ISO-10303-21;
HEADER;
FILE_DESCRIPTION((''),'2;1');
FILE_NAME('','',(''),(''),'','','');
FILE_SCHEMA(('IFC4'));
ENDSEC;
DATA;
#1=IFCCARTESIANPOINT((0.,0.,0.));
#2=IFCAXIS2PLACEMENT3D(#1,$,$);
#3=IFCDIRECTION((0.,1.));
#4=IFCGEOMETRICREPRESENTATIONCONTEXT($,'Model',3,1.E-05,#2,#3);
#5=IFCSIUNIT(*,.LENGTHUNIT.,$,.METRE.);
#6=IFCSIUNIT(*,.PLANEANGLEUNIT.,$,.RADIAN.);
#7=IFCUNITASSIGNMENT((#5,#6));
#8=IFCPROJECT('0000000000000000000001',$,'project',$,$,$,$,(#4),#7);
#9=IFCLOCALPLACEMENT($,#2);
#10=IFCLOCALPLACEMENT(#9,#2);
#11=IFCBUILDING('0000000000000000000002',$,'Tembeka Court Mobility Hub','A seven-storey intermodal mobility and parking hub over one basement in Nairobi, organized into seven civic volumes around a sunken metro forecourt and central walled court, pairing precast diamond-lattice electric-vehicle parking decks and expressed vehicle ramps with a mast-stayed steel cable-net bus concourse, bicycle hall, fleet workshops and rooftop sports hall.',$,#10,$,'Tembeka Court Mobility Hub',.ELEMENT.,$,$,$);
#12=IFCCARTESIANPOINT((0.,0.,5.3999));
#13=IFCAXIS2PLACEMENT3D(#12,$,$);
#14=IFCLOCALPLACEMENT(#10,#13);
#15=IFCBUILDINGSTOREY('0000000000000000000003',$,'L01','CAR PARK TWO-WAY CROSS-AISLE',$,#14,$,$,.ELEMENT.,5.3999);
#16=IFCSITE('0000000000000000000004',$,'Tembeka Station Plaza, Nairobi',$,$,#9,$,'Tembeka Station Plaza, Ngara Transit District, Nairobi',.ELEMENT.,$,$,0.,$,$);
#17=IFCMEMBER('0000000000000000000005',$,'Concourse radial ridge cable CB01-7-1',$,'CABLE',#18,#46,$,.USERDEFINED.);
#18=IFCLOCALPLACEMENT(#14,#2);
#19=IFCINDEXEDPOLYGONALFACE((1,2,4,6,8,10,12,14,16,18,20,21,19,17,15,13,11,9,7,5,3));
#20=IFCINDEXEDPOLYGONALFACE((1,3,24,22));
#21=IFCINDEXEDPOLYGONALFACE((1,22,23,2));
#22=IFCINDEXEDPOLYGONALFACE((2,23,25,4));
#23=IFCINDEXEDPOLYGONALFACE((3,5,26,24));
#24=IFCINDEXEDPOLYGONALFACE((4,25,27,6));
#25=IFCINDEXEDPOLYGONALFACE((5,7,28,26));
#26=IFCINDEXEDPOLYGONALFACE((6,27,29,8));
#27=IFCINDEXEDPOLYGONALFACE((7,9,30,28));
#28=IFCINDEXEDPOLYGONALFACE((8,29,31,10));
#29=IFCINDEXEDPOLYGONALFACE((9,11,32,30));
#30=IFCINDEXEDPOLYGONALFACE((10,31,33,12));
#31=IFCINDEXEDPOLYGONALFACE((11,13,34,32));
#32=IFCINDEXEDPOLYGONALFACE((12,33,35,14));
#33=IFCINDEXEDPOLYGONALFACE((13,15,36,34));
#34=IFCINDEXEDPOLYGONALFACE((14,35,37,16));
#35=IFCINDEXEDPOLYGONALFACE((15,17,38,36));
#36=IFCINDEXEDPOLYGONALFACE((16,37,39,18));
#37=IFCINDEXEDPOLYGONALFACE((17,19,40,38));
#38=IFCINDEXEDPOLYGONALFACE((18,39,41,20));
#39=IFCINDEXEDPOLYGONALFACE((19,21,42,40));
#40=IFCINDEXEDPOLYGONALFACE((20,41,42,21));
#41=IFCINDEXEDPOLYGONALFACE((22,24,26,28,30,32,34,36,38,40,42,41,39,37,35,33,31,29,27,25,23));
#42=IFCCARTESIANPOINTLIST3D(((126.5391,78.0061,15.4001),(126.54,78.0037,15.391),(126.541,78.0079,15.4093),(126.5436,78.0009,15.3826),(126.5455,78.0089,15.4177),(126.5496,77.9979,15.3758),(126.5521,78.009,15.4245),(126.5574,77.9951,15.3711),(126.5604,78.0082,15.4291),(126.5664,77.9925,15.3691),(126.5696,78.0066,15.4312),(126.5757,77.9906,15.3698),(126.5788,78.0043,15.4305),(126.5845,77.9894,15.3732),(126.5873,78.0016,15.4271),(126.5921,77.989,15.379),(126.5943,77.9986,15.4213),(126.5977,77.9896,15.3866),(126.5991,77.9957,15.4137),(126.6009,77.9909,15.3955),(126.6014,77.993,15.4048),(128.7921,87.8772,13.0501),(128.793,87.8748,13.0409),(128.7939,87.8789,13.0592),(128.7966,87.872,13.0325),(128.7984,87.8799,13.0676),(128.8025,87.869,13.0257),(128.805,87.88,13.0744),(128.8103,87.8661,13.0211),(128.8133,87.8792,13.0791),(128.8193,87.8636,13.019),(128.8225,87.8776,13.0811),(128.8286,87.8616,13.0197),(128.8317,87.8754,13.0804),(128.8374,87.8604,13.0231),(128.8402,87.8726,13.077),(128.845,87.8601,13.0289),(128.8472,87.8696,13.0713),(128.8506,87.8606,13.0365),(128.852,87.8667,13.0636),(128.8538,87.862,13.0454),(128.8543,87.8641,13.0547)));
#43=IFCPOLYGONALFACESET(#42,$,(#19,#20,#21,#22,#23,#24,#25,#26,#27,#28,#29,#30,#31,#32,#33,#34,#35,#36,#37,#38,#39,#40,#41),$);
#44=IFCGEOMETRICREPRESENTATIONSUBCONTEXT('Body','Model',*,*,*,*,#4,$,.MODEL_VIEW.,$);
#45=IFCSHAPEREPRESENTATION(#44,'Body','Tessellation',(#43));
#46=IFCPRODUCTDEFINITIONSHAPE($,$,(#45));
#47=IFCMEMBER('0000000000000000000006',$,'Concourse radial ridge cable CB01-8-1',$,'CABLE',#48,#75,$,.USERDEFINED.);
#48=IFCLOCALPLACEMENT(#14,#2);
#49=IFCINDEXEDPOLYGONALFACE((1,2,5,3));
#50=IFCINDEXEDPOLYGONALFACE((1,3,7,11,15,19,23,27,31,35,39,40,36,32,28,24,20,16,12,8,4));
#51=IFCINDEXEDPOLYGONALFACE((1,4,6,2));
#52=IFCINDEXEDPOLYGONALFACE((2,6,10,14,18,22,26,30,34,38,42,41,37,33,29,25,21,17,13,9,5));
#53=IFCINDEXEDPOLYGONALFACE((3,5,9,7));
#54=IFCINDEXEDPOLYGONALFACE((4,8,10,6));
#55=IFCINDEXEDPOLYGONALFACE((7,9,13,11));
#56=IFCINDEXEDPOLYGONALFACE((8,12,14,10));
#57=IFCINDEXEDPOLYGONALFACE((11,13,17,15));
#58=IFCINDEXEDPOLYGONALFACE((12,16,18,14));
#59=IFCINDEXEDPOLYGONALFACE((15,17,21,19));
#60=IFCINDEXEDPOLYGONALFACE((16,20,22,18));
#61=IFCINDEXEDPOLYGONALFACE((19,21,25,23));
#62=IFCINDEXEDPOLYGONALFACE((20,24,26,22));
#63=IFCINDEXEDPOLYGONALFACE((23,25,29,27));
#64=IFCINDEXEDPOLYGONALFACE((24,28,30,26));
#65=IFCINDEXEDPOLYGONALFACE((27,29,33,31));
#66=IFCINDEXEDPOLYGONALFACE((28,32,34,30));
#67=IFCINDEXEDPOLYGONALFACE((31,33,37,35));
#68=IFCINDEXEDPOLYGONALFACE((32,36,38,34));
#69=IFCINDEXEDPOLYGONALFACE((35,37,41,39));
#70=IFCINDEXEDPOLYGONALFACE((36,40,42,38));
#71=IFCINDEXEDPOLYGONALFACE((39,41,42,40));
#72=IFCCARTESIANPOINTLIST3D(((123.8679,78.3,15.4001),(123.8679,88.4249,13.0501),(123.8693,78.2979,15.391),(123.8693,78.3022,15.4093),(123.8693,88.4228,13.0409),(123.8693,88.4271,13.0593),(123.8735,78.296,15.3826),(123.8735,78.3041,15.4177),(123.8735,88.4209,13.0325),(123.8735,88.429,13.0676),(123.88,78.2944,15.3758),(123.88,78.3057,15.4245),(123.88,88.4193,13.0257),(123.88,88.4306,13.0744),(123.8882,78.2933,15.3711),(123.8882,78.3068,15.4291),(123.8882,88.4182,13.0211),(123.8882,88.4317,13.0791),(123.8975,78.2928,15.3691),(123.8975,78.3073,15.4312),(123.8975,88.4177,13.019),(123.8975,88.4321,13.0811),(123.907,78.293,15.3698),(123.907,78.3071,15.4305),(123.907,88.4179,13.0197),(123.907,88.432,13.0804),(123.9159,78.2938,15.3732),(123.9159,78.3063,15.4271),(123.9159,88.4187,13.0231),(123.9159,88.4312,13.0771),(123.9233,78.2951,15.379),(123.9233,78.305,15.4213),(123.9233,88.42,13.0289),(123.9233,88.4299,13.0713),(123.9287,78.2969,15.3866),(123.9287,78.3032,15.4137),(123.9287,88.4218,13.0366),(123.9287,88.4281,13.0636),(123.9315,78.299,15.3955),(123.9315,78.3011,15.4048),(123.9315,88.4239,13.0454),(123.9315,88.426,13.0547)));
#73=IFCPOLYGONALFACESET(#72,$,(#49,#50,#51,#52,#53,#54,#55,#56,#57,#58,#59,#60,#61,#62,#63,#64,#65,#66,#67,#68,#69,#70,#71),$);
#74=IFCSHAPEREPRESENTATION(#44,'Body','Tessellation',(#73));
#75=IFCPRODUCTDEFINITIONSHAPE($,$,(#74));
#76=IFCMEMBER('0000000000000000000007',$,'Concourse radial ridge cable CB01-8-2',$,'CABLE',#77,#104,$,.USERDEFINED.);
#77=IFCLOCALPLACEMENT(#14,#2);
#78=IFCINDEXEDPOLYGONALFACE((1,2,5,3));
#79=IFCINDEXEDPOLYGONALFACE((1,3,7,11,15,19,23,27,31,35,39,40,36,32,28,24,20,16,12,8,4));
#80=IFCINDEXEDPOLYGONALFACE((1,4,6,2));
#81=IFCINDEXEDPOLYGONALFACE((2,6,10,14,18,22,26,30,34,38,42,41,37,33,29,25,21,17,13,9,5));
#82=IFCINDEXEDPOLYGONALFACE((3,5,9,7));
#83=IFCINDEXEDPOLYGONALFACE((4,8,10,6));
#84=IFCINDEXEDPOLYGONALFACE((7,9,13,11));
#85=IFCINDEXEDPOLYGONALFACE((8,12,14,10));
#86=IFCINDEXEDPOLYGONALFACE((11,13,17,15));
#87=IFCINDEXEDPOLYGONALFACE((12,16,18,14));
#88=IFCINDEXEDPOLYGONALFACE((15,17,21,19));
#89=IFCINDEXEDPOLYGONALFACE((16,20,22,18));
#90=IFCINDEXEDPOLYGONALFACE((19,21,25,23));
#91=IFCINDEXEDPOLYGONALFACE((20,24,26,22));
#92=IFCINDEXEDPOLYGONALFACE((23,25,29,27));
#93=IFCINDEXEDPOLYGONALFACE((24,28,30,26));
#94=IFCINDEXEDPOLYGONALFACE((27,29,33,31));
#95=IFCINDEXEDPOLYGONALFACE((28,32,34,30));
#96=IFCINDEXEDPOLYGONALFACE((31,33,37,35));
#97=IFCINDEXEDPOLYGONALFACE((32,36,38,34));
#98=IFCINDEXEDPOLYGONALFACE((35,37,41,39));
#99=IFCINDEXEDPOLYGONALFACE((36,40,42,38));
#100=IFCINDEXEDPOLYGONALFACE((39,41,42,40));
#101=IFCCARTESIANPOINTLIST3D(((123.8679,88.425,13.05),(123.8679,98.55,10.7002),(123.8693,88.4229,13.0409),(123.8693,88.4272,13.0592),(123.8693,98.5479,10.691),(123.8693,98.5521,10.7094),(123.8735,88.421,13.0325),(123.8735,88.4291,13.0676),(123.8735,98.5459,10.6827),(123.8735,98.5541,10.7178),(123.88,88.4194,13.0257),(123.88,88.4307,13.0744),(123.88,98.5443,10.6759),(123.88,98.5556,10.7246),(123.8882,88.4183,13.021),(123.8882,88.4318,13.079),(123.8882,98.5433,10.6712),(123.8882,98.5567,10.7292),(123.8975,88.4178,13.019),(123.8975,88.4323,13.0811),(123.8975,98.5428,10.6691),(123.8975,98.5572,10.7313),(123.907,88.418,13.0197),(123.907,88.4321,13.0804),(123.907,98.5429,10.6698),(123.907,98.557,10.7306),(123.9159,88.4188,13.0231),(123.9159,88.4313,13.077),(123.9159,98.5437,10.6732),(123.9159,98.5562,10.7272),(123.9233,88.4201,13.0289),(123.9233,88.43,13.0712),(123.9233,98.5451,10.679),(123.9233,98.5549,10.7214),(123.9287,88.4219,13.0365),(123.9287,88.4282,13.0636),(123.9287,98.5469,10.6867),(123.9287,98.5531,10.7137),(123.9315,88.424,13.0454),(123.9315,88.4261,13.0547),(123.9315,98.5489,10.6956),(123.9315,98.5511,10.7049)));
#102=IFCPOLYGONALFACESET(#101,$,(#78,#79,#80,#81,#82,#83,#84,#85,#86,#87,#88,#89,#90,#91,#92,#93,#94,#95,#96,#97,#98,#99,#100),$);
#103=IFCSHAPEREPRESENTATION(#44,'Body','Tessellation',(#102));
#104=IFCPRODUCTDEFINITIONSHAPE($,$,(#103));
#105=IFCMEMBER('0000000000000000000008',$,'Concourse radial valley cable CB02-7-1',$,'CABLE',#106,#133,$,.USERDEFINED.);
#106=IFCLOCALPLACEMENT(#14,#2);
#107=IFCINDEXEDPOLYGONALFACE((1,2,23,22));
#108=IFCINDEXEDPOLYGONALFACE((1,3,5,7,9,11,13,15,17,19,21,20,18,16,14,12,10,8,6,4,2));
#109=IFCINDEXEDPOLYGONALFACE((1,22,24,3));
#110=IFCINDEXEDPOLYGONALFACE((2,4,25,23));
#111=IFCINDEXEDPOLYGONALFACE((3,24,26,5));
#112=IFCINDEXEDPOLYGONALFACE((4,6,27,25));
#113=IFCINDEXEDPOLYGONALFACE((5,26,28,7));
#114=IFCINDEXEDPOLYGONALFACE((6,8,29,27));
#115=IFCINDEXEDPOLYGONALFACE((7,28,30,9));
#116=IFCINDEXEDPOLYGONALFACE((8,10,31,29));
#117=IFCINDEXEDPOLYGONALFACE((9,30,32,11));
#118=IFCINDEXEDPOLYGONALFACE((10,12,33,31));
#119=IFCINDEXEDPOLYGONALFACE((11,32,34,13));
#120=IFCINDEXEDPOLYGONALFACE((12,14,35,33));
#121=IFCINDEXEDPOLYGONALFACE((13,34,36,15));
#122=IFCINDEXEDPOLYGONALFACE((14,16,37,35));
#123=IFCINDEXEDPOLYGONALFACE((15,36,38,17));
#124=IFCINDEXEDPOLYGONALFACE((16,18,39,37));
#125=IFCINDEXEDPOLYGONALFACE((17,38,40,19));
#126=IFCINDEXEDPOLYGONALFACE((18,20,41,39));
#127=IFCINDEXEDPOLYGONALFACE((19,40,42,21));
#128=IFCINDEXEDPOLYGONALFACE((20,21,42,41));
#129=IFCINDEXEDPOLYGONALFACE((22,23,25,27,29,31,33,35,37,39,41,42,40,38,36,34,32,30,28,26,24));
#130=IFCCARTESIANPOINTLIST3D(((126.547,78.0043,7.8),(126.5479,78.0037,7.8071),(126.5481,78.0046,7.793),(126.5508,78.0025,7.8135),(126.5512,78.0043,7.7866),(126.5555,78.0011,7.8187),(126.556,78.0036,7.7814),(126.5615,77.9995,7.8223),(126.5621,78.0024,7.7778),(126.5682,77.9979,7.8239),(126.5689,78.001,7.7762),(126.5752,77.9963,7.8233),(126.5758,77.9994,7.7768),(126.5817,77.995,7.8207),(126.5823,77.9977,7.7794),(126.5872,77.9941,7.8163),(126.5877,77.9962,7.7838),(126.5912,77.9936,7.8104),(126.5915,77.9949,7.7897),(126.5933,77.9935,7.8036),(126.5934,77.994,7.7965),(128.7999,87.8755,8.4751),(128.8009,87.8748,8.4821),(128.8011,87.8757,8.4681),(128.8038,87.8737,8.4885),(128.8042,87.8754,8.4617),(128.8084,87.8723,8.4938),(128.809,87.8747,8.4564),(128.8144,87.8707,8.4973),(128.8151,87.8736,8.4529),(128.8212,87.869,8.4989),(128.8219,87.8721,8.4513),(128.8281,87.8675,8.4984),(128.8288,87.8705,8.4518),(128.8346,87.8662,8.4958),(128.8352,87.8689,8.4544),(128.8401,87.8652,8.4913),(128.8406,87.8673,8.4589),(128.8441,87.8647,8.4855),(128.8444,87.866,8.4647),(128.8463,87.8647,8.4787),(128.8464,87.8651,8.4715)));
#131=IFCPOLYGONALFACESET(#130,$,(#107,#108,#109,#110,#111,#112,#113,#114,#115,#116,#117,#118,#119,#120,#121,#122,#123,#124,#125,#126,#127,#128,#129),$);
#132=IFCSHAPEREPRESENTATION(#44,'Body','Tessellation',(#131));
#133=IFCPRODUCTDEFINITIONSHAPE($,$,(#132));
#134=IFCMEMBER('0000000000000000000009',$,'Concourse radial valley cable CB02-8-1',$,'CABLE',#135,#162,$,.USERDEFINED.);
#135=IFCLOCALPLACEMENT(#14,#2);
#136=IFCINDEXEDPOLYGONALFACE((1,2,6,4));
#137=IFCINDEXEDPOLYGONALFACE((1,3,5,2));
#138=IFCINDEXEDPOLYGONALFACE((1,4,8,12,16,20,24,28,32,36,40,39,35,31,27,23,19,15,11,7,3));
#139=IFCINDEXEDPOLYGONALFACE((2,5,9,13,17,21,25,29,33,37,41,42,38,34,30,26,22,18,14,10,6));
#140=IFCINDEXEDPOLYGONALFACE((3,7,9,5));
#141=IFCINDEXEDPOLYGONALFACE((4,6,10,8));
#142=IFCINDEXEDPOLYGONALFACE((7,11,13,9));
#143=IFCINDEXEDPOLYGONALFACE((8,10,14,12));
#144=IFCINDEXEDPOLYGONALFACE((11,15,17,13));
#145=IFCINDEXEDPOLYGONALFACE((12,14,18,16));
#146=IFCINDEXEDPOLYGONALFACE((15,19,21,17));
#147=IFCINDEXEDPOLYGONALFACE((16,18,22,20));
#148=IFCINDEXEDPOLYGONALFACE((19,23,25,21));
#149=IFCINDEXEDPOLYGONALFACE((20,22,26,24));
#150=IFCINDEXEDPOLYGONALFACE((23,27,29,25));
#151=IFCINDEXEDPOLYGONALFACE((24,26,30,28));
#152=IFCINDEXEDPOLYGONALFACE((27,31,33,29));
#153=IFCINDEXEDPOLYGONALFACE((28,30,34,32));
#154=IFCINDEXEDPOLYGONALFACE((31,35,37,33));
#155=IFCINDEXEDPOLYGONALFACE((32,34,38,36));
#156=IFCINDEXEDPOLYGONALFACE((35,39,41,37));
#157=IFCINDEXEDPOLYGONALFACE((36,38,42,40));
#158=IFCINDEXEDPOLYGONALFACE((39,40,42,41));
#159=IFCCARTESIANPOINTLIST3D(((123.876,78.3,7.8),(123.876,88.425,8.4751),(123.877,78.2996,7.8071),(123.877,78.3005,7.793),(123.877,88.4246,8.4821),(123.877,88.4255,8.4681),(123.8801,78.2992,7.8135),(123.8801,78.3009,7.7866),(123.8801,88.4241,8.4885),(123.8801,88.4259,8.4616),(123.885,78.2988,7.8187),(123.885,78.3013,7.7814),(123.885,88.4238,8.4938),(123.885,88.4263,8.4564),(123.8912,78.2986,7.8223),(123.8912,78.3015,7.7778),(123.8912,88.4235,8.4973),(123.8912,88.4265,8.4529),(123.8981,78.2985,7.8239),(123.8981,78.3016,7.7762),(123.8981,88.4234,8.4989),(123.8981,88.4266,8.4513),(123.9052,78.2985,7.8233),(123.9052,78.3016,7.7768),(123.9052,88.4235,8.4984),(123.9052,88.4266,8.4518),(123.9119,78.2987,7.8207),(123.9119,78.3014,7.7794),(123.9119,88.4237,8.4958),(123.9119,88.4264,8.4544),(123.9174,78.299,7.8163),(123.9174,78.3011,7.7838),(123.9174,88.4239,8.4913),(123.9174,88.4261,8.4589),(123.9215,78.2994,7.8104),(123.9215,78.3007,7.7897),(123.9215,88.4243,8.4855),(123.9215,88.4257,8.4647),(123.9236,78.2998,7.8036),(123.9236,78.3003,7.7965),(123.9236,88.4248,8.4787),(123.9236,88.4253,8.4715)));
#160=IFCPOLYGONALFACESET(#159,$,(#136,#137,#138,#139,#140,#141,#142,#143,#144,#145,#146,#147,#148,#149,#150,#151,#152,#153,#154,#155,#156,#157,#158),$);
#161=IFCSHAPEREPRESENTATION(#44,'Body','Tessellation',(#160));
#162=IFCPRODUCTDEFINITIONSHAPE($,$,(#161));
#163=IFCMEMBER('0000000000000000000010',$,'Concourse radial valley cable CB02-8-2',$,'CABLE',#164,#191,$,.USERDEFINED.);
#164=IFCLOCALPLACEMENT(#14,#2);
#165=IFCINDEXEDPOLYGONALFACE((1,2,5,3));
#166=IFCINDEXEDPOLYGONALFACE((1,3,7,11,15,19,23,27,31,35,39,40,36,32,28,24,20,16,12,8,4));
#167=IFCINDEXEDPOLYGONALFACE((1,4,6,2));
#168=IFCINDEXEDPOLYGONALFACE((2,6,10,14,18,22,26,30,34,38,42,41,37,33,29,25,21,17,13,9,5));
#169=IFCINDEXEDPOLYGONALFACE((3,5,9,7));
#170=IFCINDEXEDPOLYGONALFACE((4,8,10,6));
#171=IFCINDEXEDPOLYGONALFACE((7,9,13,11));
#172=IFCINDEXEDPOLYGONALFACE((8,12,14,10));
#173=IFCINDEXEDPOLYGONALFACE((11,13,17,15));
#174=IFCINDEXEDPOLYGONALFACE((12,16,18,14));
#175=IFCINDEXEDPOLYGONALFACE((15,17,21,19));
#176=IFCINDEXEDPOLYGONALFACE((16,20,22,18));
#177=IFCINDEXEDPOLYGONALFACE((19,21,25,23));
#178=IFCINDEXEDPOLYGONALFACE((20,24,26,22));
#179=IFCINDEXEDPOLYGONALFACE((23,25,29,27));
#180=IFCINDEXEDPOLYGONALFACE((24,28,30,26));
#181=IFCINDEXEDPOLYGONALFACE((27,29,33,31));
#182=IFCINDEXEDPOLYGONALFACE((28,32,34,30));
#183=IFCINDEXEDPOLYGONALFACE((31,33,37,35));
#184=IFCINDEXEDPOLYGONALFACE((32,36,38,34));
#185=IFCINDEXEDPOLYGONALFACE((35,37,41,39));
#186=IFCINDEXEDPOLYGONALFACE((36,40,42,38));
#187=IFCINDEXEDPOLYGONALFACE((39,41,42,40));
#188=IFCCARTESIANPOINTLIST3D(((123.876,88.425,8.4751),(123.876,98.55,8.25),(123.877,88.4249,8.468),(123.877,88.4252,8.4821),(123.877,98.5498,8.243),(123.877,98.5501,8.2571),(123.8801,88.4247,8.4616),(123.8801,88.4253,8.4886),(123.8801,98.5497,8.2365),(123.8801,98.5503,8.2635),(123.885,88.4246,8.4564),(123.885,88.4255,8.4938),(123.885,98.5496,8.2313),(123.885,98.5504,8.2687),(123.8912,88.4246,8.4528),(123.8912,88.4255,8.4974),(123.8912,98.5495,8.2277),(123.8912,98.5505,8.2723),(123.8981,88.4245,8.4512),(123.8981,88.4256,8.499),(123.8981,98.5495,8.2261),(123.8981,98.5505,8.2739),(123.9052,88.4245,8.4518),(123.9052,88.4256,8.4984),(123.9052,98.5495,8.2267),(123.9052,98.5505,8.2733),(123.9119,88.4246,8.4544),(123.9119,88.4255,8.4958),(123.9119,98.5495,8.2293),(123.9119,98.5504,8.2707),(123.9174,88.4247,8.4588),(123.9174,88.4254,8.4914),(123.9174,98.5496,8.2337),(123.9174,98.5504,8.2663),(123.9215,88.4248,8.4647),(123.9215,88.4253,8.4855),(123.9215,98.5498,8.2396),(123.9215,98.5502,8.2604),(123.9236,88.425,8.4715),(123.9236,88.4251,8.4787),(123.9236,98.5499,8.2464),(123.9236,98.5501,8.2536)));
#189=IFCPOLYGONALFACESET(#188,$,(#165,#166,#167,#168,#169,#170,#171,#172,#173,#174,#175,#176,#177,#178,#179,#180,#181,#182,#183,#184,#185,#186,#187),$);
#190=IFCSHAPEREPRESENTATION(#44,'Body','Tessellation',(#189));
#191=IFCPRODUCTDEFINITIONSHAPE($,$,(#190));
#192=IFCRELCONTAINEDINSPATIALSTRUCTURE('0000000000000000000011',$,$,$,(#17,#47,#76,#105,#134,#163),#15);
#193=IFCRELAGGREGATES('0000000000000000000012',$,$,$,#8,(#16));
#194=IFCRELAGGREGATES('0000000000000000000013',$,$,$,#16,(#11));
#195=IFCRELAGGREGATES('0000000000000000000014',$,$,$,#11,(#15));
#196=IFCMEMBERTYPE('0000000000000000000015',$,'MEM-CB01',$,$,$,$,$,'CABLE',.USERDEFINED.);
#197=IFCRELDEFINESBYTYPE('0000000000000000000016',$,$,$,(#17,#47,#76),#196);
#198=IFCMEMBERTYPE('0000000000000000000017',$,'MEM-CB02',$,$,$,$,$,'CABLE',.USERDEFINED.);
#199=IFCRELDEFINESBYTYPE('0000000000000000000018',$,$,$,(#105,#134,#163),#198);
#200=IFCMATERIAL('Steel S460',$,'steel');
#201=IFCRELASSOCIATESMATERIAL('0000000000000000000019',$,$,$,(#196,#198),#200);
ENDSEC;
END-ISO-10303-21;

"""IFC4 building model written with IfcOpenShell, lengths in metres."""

from ifc_helpers import new_model, si_unit, direction, frame, origin, origin_2d, place, context, subcontext, project, spatial, circle, extrude, material, material_profile, profile_set, type_object, element, save


model = new_model("IFC4")

# Units and contexts
model_context = context("Model", 3, precision=1e-05, world=origin(), true_north=direction((0.0, 1.0)))
body_context = subcontext(model_context, "Body", "Model", "MODEL_VIEW")
ifc_project = project(units=[si_unit("LENGTHUNIT", "METRE"), si_unit("PLANEANGLEUNIT", "RADIAN")], contexts=[model_context])

# Site, building, storey
site_placement = place(None, origin())
site = spatial("IfcSite", under=ifc_project, at=site_placement, Name="Tembeka Station Plaza, Nairobi", LongName="Tembeka Station Plaza, Ngara Transit District, Nairobi", CompositionType="ELEMENT", RefElevation=0.0)
building_placement = place(site_placement, origin())
building = spatial("IfcBuilding", under=site, at=building_placement, Name="Tembeka Court Mobility Hub", Description="A seven-storey intermodal mobility and parking hub over one basement in Nairobi, organized into seven civic volumes around a sunken metro forecourt and central walled court, pairing precast diamond-lattice electric-vehicle parking decks and expressed vehicle ramps with a mast-stayed steel cable-net bus concourse, bicycle hall, fleet workshops and rooftop sports hall.", LongName="Tembeka Court Mobility Hub", CompositionType="ELEMENT")
storey_placement = place(building_placement, frame((0.0, 0.0, 5.3999)))
storey = spatial("IfcBuildingStorey", under=building, at=storey_placement, Name="L01", Description="CAR PARK TWO-WAY CROSS-AISLE", CompositionType="ELEMENT", Elevation=5.3999)

# Members
ifc_material_1 = material(Name="Steel S460", Category="steel")
ifc_material_profile_1 = material_profile(ifc_material_1, circle(Radius=0.032, at=origin_2d()), Name="CABLE D64")
ifc_profile_set_1 = profile_set([ifc_material_profile_1], Name="Steel S460")
member_type_1 = type_object("IfcMemberType", Name="MEM-CB01", ElementType="CABLE", PredefinedType="USERDEFINED", material=ifc_profile_set_1)
for number, where, z_axis, x_axis, name in (
    (1, (126.5703, 77.999, 15.4001), (0.216751, 0.949683, -0.226099), (-0.97493, 0.222513, 0.0), "Concourse radial ridge cable CB01-7-1"),
    (2, (123.8999, 78.3, 15.4001), (0.0, 0.974105, -0.226098), (-1.0, 0.0, 0.0), "Concourse radial ridge cable CB01-8-1"),
    (3, (123.8999, 88.425, 13.05), (0.0, 0.97411, -0.226076), (-1.0, 0.0, 0.0), "Concourse radial ridge cable CB01-8-2"),
):
    element("IfcMember", number, at=place(storey_placement, frame(where, z_axis=z_axis, x_axis=x_axis)), inside=storey, type_object=member_type_1, Name=name, ObjectType="CABLE", PredefinedType="USERDEFINED", context=body_context, shape_type="SweptSolid", body=[
        extrude(circle(Radius=0.032, at=origin_2d()), origin(), (0.0, 0.0, 1.0), 10.394),
    ])
ifc_material_profile_2 = material_profile(ifc_material_1, circle(Radius=0.0239, at=origin_2d()), Name="CABLE D48")
ifc_profile_set_2 = profile_set([ifc_material_profile_2], Name="Steel S460")
member_type_2 = type_object("IfcMemberType", Name="MEM-CB02", ElementType="CABLE", PredefinedType="USERDEFINED", material=ifc_profile_set_2)
for number, where, z_axis, x_axis, name in (
    (4, (126.5703, 77.999, 7.8), (0.22202, 0.97277, 0.066524), (-0.97493, 0.222513, 0.0), "Concourse radial valley cable CB02-7-1"),
    (5, (123.8999, 78.3, 7.8), (0.0, 0.997785, 0.066524), (-1.0, 0.0, 0.0), "Concourse radial valley cable CB02-8-1"),
):
    element("IfcMember", number, at=place(storey_placement, frame(where, z_axis=z_axis, x_axis=x_axis)), inside=storey, type_object=member_type_2, Name=name, ObjectType="CABLE", PredefinedType="USERDEFINED", context=body_context, shape_type="SweptSolid", body=[
        extrude(circle(Radius=0.0239, at=origin_2d()), origin(), (0.0, 0.0, 1.0), 10.1475),
    ])
member_1_placement = place(storey_placement, frame((123.8999, 88.425, 8.4751), z_axis=(0.0, 0.999753, -0.022226), x_axis=(-1.0, 0.0, 0.0)))
element("IfcMember", 6, at=member_1_placement, inside=storey, type_object=member_type_2, Name="Concourse radial valley cable CB02-8-2", ObjectType="CABLE", PredefinedType="USERDEFINED", context=body_context, shape_type="SweptSolid", body=[
    extrude(circle(Radius=0.0239, at=origin_2d()), origin(), (0.0, 0.0, 1.0), 10.1274),
])

save(model, "model.ifc")
